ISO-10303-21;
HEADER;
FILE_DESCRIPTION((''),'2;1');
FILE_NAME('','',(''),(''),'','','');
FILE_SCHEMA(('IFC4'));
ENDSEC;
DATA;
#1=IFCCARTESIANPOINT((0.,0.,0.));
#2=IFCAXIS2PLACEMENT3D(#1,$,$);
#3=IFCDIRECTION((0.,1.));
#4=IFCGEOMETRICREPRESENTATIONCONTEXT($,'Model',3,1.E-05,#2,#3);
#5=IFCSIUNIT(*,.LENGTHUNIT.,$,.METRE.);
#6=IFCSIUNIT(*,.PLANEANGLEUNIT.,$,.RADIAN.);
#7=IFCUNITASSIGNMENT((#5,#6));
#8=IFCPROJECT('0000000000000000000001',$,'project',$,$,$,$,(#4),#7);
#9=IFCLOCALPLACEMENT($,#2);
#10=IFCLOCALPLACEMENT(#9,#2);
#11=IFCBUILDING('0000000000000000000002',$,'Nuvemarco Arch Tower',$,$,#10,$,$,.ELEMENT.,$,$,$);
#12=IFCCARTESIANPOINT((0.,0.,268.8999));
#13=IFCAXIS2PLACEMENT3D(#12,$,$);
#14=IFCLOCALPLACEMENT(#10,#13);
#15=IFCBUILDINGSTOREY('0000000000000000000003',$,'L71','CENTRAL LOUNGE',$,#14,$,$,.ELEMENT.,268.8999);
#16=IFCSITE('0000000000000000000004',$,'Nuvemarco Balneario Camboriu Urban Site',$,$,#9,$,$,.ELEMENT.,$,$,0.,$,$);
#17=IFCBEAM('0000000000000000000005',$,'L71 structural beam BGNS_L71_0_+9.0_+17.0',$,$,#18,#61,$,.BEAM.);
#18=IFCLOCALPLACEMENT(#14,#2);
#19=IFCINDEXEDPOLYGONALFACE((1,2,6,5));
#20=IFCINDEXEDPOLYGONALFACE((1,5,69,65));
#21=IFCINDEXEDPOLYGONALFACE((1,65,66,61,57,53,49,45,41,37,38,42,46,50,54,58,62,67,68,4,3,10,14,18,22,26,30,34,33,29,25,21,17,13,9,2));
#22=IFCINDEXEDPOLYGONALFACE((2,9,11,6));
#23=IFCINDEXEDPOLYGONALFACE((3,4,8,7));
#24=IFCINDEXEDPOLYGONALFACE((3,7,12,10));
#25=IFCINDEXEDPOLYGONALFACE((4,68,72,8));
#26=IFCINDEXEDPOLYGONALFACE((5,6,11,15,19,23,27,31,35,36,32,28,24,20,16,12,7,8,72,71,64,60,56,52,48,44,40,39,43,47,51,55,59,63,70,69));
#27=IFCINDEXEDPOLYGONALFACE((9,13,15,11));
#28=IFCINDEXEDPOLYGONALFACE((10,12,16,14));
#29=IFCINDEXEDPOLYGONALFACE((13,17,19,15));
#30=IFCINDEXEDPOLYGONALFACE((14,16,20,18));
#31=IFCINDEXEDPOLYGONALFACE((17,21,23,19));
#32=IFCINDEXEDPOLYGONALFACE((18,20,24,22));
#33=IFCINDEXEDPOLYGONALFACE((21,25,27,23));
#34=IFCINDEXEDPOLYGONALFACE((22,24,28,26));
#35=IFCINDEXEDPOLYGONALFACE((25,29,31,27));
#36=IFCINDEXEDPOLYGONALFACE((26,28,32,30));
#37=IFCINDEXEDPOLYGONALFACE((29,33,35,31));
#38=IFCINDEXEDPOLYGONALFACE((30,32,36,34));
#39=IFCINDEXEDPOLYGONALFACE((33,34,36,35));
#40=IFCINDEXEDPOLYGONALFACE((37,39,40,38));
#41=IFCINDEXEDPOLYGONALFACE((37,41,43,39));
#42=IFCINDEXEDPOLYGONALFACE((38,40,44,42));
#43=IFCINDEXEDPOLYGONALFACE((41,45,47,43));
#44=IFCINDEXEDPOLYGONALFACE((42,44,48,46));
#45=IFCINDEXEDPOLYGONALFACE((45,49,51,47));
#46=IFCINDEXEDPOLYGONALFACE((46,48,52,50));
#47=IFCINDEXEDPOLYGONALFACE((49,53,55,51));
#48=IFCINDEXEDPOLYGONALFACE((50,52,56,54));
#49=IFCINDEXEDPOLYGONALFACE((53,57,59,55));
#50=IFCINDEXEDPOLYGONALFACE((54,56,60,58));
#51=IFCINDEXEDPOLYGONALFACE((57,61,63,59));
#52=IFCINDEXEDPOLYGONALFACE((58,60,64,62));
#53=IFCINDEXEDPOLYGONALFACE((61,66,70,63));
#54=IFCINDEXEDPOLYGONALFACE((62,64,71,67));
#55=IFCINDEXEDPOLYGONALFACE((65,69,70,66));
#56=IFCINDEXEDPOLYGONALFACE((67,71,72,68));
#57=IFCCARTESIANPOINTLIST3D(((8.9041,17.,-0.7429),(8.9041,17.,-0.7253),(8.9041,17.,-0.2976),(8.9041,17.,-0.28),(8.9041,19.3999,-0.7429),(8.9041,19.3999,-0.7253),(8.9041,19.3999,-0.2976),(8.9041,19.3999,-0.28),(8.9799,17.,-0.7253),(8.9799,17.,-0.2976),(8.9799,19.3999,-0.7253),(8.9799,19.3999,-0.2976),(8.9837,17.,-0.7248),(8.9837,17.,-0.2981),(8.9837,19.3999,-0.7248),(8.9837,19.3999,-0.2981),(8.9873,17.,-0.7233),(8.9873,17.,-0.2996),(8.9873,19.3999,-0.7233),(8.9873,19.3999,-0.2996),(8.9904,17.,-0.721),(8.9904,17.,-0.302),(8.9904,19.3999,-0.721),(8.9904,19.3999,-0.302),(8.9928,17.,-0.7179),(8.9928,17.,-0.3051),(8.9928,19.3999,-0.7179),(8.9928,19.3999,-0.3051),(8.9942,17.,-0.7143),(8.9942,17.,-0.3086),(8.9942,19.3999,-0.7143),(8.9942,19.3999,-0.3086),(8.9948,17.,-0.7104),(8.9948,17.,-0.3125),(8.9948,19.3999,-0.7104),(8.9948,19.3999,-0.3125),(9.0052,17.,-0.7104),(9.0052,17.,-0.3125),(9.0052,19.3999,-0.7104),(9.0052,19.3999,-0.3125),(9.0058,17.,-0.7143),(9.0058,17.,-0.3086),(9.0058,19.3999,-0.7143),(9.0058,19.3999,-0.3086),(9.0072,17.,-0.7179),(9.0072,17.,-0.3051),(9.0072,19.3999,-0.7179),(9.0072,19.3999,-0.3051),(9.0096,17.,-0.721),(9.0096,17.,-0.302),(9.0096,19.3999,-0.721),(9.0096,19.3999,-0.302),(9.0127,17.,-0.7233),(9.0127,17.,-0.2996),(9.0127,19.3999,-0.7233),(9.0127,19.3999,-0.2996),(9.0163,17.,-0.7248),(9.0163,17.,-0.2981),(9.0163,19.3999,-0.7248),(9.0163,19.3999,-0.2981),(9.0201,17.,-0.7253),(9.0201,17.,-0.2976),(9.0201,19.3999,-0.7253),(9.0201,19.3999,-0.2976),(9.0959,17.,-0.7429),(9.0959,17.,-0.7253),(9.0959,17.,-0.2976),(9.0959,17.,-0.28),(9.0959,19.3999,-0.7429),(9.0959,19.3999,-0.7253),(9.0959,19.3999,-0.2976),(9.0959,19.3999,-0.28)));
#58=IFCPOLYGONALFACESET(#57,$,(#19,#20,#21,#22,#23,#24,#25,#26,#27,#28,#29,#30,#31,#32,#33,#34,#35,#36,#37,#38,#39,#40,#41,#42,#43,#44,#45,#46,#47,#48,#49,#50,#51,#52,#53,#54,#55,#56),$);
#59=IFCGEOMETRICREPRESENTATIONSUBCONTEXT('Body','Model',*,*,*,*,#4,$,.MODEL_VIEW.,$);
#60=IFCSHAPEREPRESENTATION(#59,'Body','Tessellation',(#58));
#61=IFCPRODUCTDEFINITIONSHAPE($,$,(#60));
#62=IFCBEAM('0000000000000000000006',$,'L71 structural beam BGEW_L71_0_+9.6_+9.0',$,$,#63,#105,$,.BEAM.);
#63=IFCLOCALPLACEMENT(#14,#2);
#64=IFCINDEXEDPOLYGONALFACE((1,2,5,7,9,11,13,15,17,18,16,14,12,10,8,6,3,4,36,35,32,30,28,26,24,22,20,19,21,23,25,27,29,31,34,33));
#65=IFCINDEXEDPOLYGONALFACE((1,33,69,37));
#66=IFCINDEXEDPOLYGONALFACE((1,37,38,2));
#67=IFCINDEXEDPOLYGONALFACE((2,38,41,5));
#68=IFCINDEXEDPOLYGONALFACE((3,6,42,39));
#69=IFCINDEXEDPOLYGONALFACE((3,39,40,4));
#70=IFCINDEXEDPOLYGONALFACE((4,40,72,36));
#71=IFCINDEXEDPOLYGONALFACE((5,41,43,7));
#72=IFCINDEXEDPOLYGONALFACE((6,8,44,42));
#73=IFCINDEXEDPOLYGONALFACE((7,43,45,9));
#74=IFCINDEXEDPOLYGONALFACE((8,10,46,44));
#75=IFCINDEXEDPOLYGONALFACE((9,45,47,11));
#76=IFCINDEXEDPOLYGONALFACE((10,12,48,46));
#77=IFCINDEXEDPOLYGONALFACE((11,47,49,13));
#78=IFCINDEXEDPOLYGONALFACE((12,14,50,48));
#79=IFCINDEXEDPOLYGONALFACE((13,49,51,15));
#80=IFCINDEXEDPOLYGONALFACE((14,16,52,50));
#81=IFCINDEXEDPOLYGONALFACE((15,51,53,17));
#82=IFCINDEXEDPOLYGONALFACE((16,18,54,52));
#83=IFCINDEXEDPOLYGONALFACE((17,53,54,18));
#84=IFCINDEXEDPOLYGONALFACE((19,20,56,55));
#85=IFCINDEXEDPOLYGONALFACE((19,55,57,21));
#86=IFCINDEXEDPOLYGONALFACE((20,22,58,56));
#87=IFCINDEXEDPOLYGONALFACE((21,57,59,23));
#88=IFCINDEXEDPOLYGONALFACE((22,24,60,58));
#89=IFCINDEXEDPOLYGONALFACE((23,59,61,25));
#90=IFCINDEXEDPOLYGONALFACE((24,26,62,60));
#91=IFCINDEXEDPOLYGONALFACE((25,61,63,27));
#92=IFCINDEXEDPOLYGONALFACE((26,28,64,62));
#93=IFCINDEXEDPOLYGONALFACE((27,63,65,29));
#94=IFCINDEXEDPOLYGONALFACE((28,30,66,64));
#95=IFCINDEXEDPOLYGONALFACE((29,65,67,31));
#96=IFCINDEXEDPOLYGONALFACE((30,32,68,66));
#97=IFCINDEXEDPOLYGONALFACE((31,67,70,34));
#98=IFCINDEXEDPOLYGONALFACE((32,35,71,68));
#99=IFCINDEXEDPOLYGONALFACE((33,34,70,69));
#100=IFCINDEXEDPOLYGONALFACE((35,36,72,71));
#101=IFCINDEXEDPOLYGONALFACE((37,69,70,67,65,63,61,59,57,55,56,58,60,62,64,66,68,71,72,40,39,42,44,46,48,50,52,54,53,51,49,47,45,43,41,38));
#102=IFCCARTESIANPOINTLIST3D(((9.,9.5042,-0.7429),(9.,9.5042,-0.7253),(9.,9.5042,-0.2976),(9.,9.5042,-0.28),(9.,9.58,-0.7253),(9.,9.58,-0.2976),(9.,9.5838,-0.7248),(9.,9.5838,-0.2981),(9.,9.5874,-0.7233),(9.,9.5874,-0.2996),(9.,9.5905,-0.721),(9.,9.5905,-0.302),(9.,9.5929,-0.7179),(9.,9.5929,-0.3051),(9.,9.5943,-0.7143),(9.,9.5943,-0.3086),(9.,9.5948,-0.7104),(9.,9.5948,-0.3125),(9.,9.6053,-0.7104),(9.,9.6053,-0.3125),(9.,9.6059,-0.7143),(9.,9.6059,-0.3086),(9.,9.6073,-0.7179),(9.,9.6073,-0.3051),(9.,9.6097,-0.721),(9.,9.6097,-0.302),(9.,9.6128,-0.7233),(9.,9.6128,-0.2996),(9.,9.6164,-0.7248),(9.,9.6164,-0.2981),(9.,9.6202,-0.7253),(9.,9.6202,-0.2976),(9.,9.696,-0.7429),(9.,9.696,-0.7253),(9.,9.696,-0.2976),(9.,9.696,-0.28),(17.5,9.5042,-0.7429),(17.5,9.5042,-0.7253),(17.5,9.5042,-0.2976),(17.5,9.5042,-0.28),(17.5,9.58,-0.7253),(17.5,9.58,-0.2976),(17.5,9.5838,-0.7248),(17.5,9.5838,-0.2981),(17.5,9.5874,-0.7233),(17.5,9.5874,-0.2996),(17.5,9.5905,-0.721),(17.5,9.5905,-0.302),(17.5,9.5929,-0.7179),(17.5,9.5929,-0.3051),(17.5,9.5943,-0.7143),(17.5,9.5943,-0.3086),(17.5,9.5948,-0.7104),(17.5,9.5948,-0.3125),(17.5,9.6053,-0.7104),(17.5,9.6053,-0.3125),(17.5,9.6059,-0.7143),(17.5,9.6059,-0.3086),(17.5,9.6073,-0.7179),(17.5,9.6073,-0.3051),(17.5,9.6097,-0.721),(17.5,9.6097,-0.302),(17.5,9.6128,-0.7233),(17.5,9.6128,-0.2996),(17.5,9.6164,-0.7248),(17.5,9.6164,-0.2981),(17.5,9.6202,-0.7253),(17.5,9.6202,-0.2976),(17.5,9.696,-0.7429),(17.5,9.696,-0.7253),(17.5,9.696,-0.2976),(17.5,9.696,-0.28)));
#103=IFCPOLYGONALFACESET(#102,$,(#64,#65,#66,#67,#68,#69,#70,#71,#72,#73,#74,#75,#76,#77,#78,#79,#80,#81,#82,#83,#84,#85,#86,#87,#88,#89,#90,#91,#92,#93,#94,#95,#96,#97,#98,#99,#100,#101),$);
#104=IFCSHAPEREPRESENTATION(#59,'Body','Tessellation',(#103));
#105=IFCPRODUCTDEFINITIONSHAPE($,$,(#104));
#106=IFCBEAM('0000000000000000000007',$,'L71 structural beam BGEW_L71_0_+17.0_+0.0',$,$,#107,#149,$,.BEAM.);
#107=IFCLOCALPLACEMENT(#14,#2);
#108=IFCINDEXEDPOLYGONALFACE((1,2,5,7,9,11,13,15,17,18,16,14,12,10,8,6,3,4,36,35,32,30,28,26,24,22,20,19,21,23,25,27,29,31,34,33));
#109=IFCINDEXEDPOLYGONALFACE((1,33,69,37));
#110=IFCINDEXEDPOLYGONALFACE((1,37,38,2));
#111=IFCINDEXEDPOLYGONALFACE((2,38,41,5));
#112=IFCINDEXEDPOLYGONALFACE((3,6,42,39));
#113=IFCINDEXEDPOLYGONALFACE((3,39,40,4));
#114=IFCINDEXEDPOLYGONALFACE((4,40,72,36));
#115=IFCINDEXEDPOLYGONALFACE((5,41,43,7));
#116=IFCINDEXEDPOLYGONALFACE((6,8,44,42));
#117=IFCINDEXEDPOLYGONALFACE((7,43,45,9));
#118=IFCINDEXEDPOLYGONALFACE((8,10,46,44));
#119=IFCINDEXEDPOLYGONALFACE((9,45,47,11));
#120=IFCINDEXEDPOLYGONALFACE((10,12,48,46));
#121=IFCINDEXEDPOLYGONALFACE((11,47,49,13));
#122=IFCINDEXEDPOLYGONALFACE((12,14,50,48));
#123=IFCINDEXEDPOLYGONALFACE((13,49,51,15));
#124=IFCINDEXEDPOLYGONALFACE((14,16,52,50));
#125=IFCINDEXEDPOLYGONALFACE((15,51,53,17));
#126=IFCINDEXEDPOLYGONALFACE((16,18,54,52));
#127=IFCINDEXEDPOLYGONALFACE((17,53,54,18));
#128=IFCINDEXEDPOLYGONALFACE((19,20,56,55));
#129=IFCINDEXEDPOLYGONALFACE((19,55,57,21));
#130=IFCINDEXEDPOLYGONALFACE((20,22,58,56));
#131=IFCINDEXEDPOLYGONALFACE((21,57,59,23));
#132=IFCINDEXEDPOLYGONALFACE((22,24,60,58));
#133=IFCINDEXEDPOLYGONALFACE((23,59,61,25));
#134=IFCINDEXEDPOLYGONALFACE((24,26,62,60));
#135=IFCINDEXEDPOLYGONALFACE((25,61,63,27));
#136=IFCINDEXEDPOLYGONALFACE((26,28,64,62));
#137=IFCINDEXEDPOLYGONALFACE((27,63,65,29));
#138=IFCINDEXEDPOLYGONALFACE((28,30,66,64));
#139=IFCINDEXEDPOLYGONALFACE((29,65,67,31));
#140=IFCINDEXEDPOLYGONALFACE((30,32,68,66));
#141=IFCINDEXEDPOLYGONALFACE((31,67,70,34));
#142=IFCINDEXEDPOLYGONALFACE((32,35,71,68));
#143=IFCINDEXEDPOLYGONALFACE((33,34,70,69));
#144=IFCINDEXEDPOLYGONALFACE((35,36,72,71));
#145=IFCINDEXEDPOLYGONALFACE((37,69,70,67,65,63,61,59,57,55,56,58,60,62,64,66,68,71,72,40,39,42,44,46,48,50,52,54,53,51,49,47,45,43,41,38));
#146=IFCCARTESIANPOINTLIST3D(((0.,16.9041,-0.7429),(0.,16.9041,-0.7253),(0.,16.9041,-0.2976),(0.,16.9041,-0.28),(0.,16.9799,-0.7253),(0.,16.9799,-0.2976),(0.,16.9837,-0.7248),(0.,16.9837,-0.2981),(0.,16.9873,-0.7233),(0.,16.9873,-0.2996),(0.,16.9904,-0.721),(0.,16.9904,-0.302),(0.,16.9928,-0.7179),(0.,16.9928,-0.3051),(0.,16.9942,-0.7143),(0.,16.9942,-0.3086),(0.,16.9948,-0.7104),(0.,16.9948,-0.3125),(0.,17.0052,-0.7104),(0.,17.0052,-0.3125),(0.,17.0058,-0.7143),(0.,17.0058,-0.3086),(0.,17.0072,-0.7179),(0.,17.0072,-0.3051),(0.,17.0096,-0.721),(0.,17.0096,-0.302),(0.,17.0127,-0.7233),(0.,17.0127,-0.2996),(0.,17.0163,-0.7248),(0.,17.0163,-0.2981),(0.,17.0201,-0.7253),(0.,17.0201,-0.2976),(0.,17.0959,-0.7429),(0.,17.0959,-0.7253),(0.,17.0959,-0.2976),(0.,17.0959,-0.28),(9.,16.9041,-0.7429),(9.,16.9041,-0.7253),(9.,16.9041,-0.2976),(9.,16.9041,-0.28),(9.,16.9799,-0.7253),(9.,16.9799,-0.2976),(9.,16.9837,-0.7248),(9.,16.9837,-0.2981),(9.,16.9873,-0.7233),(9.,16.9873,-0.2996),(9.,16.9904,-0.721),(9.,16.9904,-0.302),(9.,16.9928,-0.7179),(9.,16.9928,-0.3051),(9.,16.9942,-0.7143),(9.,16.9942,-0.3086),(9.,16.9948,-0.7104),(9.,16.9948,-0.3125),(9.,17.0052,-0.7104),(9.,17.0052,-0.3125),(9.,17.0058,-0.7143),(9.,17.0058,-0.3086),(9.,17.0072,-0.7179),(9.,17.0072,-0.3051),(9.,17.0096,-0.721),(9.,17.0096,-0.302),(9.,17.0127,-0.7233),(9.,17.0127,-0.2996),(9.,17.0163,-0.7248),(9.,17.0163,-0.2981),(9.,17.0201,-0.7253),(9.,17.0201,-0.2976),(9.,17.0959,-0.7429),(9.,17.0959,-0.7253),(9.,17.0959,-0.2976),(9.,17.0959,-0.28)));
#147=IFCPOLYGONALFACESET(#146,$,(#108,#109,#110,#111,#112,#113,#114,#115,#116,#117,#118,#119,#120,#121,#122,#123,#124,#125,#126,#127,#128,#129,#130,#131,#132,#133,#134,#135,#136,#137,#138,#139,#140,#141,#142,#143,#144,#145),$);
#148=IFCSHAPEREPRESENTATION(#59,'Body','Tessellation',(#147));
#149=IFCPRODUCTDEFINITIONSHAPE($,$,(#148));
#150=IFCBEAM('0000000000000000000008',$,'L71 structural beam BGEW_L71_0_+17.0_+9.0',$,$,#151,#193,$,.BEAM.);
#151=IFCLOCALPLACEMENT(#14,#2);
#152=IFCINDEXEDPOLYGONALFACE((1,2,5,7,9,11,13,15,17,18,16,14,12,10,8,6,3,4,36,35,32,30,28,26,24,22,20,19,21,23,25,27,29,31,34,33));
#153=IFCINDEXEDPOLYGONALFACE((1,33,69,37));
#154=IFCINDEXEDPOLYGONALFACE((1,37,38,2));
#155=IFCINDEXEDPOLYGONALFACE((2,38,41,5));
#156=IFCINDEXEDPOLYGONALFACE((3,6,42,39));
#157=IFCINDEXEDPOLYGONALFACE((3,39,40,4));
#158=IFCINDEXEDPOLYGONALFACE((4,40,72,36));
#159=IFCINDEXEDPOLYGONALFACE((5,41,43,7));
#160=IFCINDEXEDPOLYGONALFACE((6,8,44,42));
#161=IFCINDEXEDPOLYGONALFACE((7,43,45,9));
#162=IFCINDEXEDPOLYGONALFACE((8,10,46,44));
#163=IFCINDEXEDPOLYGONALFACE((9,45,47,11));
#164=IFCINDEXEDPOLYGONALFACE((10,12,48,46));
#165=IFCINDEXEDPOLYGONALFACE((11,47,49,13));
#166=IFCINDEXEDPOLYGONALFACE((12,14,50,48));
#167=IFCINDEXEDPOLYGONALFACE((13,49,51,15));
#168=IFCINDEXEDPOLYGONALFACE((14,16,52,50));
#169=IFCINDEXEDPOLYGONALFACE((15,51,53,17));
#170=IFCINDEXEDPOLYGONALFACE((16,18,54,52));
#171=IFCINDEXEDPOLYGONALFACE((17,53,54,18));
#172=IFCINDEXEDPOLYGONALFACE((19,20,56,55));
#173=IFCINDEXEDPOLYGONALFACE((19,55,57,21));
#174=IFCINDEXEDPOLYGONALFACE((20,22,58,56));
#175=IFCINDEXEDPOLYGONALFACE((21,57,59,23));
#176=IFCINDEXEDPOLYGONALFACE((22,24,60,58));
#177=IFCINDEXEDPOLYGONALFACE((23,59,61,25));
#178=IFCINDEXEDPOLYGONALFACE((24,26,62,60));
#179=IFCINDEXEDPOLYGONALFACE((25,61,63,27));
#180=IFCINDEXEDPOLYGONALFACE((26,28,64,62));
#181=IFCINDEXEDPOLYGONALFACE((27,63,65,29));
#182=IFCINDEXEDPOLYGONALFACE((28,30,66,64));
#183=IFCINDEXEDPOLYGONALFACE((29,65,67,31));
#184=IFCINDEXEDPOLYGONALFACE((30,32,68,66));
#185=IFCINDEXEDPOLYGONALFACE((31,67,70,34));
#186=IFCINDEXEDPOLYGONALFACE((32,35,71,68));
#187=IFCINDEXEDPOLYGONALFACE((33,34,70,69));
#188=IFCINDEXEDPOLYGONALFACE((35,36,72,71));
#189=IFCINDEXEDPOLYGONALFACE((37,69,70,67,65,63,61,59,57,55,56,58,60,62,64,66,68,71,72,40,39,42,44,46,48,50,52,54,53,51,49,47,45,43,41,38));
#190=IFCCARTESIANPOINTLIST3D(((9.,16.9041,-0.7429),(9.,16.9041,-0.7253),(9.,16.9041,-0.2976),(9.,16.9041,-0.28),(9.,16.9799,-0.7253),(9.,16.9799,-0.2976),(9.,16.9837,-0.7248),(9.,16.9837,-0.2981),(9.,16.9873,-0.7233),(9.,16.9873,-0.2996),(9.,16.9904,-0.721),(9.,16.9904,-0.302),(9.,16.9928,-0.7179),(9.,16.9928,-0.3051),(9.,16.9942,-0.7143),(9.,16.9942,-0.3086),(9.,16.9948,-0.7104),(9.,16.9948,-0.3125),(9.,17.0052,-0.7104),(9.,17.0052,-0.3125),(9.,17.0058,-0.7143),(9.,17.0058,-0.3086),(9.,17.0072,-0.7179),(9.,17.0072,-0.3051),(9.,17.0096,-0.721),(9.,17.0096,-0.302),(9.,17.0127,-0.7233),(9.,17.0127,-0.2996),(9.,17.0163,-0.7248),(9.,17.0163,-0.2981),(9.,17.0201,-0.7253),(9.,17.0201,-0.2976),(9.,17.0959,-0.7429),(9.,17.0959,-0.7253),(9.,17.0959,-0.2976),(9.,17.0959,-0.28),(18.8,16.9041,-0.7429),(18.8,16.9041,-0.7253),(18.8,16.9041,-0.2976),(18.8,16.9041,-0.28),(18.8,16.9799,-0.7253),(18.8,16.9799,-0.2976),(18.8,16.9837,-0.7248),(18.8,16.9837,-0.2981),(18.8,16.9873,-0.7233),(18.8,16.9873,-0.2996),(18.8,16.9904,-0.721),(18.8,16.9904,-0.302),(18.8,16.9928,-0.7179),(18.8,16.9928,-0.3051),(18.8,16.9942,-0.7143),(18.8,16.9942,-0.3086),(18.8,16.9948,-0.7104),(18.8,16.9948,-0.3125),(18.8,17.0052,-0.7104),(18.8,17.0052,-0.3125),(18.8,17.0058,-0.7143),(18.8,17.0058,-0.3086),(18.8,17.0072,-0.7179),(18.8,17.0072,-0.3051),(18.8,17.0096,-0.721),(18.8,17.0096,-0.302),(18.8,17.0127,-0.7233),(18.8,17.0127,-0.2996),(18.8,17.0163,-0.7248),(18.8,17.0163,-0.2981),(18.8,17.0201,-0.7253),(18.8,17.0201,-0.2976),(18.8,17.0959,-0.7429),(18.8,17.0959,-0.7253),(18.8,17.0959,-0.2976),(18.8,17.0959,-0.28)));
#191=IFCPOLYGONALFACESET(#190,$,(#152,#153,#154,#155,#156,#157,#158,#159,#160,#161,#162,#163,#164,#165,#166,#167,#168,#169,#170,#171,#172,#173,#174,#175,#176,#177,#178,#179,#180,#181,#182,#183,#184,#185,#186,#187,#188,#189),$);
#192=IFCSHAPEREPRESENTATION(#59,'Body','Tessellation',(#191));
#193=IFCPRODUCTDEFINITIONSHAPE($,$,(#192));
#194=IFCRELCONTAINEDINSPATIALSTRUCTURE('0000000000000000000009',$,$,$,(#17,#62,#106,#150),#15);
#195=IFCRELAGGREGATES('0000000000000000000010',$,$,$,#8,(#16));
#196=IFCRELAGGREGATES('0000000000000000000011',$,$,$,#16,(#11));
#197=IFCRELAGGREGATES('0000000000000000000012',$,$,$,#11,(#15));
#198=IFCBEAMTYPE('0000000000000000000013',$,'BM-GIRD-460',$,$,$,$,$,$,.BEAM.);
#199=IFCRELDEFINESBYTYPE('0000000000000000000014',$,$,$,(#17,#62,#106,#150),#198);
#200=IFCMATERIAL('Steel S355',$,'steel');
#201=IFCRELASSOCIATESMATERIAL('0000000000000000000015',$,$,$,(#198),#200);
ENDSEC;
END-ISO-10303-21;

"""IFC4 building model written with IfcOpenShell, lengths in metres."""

from ifc_helpers import new_model, si_unit, direction, frame, origin, origin_2d, place, context, subcontext, project, spatial, i_section, extrude, material, material_profile, profile_set, type_object, element, save


model = new_model("IFC4")

# Units and contexts
model_context = context("Model", 3, precision=1e-05, world=origin(), true_north=direction((0.0, 1.0)))
body_context = subcontext(model_context, "Body", "Model", "MODEL_VIEW")
ifc_project = project(units=[si_unit("LENGTHUNIT", "METRE"), si_unit("PLANEANGLEUNIT", "RADIAN")], contexts=[model_context])

# Site, building, storey
site_placement = place(None, origin())
site = spatial("IfcSite", under=ifc_project, at=site_placement, Name="Nuvemarco Balneario Camboriu Urban Site", CompositionType="ELEMENT", RefElevation=0.0)
building_placement = place(site_placement, origin())
building = spatial("IfcBuilding", under=site, at=building_placement, Name="Nuvemarco Arch Tower", CompositionType="ELEMENT")
storey_placement = place(building_placement, frame((0.0, 0.0, 268.8999)))
storey = spatial("IfcBuildingStorey", under=building, at=storey_placement, Name="L71", Description="CENTRAL LOUNGE", CompositionType="ELEMENT", Elevation=268.8999)

# Shared definitions
ifc_material_1 = material(Name="Steel S355", Category="steel")

# Beams
ifc_material_profile_1 = material_profile(ifc_material_1, i_section(OverallWidth=0.1919, OverallDepth=0.4629, WebThickness=0.0105, FlangeThickness=0.0176, FilletRadius=0.0149, at=origin_2d()), Name="W460x89")
ifc_profile_set_1 = profile_set([ifc_material_profile_1], Name="Steel S355")
beam_type_1 = type_object("IfcBeamType", Name="BM-GIRD-460", PredefinedType="BEAM", material=ifc_profile_set_1)
beam_1_placement = place(storey_placement, frame((9.0, 17.0, -0.5115), z_axis=(0.0, 1.0, 0.0), x_axis=(-1.0, 0.0, 0.0)))
element("IfcBeam", 1, at=beam_1_placement, inside=storey, type_object=beam_type_1, Name="L71 structural beam BGNS_L71_0_+9.0_+17.0", PredefinedType="BEAM", context=body_context, shape_type="SweptSolid", body=[
    extrude(i_section(OverallWidth=0.1919, OverallDepth=0.4629, WebThickness=0.0105, FlangeThickness=0.0176, FilletRadius=0.0149, at=origin_2d()), origin(), (0.0, 0.0, 1.0), 2.3999),
])
beam_2_placement = place(storey_placement, frame((9.0, 9.6001, -0.5115), z_axis=(1.0, 0.0, 0.0), x_axis=(0.0, 1.0, 0.0)))
element("IfcBeam", 2, at=beam_2_placement, inside=storey, type_object=beam_type_1, Name="L71 structural beam BGEW_L71_0_+9.6_+9.0", PredefinedType="BEAM", context=body_context, shape_type="SweptSolid", body=[
    extrude(i_section(OverallWidth=0.1919, OverallDepth=0.4629, WebThickness=0.0105, FlangeThickness=0.0176, FilletRadius=0.0149, at=origin_2d()), origin(), (0.0, 0.0, 1.0), 8.5),
])
beam_3_placement = place(storey_placement, frame((0.0, 17.0, -0.5115), z_axis=(1.0, 0.0, 0.0), x_axis=(0.0, 1.0, 0.0)))
element("IfcBeam", 3, at=beam_3_placement, inside=storey, type_object=beam_type_1, Name="L71 structural beam BGEW_L71_0_+17.0_+0.0", PredefinedType="BEAM", context=body_context, shape_type="SweptSolid", body=[
    extrude(i_section(OverallWidth=0.1919, OverallDepth=0.4629, WebThickness=0.0105, FlangeThickness=0.0176, FilletRadius=0.0149, at=origin_2d()), origin(), (0.0, 0.0, 1.0), 9.0),
])
beam_4_placement = place(storey_placement, frame((9.0, 17.0, -0.5115), z_axis=(1.0, 0.0, 0.0), x_axis=(0.0, 1.0, 0.0)))
element("IfcBeam", 4, at=beam_4_placement, inside=storey, type_object=beam_type_1, Name="L71 structural beam BGEW_L71_0_+17.0_+9.0", PredefinedType="BEAM", context=body_context, shape_type="SweptSolid", body=[
    extrude(i_section(OverallWidth=0.1919, OverallDepth=0.4629, WebThickness=0.0105, FlangeThickness=0.0176, FilletRadius=0.0149, at=origin_2d()), origin(), (0.0, 0.0, 1.0), 9.8),
])

save(model, "model.ifc")
